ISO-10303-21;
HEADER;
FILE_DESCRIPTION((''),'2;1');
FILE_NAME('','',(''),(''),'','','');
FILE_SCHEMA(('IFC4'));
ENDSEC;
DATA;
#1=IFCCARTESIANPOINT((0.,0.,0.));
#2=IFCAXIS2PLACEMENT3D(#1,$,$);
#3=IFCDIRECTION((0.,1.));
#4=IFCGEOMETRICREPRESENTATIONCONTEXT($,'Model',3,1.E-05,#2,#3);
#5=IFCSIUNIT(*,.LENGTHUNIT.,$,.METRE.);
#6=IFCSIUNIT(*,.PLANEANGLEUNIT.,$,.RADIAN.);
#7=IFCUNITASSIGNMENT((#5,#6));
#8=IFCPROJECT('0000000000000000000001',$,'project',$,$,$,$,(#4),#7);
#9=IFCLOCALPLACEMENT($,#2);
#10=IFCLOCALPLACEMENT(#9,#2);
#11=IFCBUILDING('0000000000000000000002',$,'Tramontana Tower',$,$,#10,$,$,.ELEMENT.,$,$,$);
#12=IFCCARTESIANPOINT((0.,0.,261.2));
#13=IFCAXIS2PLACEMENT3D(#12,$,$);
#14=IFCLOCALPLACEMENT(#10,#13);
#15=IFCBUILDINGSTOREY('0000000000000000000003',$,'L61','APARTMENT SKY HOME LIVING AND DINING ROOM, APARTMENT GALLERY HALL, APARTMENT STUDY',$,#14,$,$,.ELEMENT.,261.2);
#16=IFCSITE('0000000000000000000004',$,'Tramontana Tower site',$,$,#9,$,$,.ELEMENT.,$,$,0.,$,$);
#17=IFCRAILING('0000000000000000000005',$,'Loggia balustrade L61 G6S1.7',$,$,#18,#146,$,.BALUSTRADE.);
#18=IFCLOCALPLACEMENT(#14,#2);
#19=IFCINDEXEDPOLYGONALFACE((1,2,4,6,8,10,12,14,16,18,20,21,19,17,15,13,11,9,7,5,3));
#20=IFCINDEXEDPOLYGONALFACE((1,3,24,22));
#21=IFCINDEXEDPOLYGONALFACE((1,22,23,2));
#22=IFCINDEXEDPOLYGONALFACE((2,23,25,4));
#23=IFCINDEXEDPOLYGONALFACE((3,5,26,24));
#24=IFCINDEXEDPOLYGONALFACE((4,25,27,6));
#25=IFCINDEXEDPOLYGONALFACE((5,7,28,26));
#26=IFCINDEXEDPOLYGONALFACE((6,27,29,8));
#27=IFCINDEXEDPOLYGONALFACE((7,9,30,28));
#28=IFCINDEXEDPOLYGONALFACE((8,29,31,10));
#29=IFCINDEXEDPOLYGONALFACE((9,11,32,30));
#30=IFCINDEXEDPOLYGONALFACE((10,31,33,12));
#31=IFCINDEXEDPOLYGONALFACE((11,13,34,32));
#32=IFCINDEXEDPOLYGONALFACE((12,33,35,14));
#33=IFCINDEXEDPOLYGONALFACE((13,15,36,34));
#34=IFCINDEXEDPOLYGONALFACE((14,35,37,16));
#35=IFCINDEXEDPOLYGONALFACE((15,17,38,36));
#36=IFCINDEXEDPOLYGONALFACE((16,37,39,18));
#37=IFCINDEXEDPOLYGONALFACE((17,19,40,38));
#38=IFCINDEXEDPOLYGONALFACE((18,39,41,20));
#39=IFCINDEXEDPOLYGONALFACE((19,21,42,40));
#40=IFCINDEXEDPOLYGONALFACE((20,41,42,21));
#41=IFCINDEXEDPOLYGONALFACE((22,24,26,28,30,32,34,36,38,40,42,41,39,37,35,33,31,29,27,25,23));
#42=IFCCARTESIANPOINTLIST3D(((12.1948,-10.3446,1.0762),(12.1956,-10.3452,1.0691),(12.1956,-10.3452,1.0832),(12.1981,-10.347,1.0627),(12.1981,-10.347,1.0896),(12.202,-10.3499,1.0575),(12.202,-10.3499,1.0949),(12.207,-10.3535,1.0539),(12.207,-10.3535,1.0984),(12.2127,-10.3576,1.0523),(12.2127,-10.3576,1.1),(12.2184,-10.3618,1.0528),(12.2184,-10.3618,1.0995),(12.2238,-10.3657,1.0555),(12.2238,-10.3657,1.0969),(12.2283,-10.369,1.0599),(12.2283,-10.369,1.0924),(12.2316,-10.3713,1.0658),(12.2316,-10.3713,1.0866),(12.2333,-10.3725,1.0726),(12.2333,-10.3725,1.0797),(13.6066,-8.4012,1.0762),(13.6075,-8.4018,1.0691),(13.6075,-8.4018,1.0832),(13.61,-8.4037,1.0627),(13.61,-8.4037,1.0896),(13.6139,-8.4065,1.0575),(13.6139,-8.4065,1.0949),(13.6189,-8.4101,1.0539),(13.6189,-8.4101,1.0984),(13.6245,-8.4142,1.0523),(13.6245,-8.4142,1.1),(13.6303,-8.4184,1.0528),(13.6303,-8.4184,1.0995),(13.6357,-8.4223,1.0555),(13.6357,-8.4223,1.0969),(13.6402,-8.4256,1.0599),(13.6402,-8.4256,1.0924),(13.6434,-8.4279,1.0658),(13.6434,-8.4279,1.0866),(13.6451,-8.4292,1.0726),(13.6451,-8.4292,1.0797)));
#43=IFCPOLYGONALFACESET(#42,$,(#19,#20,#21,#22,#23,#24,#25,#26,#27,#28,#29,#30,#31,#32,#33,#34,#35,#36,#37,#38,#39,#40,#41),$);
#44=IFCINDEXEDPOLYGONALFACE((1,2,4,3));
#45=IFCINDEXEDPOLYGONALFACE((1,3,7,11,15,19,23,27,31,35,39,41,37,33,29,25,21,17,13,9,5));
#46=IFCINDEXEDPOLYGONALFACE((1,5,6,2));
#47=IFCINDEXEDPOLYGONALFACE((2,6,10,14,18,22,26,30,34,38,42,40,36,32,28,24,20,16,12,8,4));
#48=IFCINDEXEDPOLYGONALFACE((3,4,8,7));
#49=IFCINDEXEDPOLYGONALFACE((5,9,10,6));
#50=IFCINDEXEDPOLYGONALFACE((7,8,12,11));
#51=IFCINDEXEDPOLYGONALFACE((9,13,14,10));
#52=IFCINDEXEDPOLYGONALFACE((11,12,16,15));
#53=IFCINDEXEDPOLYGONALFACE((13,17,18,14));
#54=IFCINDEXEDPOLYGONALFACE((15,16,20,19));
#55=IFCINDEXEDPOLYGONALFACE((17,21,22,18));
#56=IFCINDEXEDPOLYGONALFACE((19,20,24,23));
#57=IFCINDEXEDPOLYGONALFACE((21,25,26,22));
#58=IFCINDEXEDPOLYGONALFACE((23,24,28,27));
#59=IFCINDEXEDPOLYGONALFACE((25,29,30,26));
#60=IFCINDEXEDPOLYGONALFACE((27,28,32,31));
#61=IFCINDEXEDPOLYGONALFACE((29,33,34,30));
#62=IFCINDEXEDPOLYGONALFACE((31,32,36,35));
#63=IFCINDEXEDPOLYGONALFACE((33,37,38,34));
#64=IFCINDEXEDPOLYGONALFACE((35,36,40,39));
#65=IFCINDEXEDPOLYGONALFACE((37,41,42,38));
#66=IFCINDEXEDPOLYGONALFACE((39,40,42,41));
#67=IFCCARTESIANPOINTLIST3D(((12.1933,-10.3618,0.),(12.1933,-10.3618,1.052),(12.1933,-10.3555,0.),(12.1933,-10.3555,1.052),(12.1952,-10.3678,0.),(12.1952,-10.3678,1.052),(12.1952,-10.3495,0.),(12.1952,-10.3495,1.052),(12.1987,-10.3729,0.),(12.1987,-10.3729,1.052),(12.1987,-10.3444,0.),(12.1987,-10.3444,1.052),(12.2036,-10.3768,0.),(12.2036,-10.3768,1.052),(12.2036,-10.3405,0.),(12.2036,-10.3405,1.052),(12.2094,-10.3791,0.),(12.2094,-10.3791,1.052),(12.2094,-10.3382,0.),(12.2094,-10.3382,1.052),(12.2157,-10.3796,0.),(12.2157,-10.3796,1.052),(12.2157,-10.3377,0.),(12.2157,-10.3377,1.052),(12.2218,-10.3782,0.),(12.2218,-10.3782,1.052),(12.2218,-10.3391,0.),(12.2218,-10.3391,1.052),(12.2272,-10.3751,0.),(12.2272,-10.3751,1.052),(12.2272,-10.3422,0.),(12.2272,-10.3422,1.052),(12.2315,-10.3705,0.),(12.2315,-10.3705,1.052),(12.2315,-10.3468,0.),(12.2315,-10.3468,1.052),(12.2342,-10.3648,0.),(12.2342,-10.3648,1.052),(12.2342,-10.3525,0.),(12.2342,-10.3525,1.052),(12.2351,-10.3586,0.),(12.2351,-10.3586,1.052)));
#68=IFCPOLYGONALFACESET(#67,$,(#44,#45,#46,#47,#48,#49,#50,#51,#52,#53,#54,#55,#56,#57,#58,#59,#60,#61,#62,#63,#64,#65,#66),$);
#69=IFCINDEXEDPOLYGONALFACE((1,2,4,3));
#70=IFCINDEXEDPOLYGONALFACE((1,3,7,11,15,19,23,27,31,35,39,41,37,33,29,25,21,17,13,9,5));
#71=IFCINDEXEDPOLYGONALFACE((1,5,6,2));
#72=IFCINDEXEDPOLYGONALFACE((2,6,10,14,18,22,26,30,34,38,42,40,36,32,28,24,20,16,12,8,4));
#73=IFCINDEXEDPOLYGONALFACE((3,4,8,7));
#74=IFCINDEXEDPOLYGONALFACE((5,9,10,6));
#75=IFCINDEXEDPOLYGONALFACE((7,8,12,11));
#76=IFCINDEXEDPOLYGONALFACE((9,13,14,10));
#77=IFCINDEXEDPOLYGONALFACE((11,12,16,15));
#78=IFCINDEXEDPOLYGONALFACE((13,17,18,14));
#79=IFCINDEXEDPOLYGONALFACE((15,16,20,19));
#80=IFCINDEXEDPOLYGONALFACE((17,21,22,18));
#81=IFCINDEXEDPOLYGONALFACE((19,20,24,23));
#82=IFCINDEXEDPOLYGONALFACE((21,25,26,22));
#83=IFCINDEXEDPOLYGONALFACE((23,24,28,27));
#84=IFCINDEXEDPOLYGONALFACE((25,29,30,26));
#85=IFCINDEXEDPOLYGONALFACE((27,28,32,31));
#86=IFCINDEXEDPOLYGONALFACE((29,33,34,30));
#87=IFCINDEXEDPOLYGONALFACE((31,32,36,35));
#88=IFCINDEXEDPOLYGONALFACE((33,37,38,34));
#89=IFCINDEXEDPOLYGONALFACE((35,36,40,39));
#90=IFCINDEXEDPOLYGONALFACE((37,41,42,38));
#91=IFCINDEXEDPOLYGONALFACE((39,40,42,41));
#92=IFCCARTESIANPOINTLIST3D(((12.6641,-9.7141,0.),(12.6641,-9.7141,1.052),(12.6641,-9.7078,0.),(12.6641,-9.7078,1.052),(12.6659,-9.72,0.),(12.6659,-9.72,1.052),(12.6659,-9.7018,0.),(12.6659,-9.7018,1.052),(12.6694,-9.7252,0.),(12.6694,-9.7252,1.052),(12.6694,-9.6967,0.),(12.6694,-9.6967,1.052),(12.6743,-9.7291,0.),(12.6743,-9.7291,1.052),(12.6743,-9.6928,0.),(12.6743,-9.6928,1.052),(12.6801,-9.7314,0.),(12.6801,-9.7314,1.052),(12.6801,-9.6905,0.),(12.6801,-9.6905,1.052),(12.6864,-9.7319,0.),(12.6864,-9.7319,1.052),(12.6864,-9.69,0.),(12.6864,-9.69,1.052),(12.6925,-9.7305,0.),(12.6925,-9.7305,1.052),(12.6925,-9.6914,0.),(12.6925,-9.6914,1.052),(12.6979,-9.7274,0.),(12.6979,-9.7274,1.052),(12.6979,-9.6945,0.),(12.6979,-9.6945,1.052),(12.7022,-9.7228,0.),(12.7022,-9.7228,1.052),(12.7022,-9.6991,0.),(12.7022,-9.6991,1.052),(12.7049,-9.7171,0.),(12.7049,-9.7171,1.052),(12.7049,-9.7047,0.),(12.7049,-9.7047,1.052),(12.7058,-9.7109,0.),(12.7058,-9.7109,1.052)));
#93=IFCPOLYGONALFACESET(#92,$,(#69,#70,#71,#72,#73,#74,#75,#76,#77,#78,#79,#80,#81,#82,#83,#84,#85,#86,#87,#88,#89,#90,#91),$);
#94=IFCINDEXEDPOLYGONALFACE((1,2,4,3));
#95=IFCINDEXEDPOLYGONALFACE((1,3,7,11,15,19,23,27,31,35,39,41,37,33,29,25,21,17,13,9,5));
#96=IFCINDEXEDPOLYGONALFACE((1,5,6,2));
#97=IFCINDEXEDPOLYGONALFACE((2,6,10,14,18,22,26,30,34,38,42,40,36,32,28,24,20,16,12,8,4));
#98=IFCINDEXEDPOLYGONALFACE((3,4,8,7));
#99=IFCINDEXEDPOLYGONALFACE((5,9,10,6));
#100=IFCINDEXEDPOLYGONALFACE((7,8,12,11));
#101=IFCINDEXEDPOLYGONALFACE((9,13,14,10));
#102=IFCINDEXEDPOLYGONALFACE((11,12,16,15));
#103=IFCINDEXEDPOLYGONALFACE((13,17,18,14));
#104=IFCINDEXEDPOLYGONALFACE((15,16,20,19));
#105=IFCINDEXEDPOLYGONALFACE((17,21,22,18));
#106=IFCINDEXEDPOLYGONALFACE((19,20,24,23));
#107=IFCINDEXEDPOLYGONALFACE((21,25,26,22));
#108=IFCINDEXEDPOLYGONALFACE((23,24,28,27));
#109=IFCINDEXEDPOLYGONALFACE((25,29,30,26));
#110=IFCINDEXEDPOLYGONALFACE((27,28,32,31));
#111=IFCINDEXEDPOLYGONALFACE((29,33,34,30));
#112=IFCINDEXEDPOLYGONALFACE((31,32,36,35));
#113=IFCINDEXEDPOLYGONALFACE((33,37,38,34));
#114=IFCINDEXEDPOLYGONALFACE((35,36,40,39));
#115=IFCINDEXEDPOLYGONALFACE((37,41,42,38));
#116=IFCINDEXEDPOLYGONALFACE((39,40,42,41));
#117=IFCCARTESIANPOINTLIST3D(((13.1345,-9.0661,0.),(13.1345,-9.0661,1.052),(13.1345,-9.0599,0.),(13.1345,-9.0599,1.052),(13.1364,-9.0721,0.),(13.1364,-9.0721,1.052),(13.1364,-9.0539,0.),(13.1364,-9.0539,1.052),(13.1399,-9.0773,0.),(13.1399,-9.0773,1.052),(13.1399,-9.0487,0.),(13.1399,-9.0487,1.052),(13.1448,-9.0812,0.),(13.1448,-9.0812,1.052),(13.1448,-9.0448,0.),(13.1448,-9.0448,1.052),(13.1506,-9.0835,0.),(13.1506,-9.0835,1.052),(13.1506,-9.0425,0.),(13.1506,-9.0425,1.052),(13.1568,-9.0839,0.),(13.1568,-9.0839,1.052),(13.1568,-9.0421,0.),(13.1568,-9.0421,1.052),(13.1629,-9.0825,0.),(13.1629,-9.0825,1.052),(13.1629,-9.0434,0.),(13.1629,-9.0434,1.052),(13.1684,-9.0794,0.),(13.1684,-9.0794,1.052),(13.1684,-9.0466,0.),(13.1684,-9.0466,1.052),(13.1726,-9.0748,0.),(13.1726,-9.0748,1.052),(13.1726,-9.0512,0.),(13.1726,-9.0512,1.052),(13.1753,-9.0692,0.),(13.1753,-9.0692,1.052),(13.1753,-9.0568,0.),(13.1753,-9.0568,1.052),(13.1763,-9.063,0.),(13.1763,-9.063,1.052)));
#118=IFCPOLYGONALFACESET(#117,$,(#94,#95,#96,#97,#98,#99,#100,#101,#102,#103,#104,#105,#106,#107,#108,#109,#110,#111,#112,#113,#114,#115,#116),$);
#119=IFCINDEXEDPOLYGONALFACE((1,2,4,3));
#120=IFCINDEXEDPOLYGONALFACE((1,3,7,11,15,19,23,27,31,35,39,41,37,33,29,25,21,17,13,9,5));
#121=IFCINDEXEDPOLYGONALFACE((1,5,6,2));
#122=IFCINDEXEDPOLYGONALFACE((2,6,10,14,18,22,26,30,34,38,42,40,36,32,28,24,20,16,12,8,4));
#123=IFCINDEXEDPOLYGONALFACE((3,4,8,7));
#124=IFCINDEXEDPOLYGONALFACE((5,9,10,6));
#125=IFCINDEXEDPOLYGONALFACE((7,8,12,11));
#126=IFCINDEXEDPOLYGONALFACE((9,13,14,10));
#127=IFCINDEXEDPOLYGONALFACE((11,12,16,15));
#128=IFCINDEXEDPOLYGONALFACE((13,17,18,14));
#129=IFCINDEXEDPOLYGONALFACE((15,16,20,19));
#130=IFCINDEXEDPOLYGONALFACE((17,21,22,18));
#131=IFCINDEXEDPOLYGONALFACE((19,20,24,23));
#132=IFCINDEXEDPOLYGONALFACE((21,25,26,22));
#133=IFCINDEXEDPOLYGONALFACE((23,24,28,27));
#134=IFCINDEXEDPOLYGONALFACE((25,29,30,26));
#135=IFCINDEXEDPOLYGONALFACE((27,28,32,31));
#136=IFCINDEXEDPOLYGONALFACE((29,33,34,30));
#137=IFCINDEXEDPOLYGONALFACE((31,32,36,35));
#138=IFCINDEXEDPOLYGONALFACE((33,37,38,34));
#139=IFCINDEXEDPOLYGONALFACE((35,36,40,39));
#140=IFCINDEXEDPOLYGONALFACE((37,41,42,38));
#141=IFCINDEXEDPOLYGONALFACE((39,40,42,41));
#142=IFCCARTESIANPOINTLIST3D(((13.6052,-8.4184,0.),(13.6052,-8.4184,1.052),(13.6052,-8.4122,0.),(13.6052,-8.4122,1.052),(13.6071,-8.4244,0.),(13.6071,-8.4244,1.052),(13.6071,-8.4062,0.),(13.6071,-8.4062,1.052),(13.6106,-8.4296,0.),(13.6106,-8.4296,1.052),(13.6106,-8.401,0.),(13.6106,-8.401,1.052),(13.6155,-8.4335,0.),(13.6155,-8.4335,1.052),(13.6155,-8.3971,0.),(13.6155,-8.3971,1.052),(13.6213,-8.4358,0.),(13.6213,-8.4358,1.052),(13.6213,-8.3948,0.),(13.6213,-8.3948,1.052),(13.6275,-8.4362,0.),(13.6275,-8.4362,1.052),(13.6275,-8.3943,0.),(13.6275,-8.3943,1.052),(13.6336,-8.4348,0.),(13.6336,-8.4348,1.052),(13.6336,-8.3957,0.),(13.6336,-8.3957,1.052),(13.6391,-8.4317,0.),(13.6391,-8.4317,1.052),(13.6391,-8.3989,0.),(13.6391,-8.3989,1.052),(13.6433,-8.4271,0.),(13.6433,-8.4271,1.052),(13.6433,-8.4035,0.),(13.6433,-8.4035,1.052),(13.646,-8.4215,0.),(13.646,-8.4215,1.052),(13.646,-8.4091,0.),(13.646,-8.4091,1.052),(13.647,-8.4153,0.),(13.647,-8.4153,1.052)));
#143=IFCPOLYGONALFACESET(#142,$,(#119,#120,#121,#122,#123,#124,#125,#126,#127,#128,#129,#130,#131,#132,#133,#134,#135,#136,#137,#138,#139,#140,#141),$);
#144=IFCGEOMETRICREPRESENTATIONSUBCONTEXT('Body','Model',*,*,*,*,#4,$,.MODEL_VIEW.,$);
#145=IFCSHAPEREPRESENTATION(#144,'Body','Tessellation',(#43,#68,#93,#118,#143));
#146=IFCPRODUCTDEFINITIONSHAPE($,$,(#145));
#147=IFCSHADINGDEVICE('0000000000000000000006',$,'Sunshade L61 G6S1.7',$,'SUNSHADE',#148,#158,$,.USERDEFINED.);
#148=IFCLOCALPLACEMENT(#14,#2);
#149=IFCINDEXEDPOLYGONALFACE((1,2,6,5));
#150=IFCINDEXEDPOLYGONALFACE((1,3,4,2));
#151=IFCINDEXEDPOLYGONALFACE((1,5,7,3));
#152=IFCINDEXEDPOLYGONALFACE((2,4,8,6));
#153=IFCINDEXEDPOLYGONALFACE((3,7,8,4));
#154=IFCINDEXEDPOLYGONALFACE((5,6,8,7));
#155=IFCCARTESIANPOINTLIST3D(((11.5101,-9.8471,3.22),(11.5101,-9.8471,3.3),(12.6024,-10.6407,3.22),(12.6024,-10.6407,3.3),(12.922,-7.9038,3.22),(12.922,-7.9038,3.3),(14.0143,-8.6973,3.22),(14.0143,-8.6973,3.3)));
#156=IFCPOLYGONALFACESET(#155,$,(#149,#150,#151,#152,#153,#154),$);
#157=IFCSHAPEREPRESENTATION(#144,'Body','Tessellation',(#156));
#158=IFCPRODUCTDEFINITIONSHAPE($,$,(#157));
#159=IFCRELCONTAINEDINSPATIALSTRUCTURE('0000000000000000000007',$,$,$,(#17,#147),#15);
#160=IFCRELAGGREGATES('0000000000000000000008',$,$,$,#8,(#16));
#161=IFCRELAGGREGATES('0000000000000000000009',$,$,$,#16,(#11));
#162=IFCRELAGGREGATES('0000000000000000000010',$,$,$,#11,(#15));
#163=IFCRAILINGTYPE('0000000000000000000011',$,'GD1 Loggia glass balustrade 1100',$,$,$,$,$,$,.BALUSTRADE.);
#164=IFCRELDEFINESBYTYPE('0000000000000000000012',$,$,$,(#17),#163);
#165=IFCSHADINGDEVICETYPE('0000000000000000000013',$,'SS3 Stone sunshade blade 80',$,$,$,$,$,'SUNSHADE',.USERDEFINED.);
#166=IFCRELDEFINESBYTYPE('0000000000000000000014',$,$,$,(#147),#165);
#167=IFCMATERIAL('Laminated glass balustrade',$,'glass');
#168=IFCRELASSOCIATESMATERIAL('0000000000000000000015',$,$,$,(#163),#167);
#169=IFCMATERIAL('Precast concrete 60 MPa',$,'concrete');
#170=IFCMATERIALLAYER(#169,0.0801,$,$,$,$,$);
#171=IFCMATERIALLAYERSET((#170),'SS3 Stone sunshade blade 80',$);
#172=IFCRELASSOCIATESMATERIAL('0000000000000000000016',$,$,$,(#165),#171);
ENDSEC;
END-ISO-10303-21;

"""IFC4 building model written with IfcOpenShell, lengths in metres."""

from ifc_helpers import new_model, si_unit, direction, frame, origin, origin_2d, place, context, subcontext, project, spatial, rectangle, circle, extrude, material, layer, layer_set, type_object, element, save


model = new_model("IFC4")

# Units and contexts
model_context = context("Model", 3, precision=1e-05, world=origin(), true_north=direction((0.0, 1.0)))
body_context = subcontext(model_context, "Body", "Model", "MODEL_VIEW")
ifc_project = project(units=[si_unit("LENGTHUNIT", "METRE"), si_unit("PLANEANGLEUNIT", "RADIAN")], contexts=[model_context])

# Site, building, storey
site_placement = place(None, origin())
site = spatial("IfcSite", under=ifc_project, at=site_placement, Name="Tramontana Tower site", CompositionType="ELEMENT", RefElevation=0.0)
building_placement = place(site_placement, origin())
building = spatial("IfcBuilding", under=site, at=building_placement, Name="Tramontana Tower", CompositionType="ELEMENT")
storey_placement = place(building_placement, frame((0.0, 0.0, 261.2)))
storey = spatial("IfcBuildingStorey", under=building, at=storey_placement, Name="L61", Description="APARTMENT SKY HOME LIVING AND DINING ROOM, APARTMENT GALLERY HALL, APARTMENT STUDY", CompositionType="ELEMENT", Elevation=261.2)

# Railing
ifc_material_1 = material(Name="Laminated glass balustrade", Category="glass")
railing_type = type_object("IfcRailingType", Name="GD1 Loggia glass balustrade 1100", PredefinedType="BALUSTRADE", material=ifc_material_1)
railing_placement = place(storey_placement, frame((12.2141, -10.3586, 0.0)))
element("IfcRailing", 1, at=railing_placement, inside=storey, type_object=railing_type, Name="Loggia balustrade L61 G6S1.7", PredefinedType="BALUSTRADE", context=body_context, shape_type="SweptSolid", body=[
    extrude(circle(Radius=0.0239, at=origin_2d()), frame((0.0, 0.0, 1.0762), z_axis=(0.587767, 0.80903, 0.0), x_axis=(-0.80903, 0.587767, 0.0)), (0.0, 0.0, 1.0), 2.4021),
    extrude(circle(Radius=0.021, at=origin_2d()), origin(), (0.0, 0.0, 1.0), 1.052),
    extrude(circle(Radius=0.021, at=origin_2d()), frame((0.4707, 0.6477, 0.0)), (0.0, 0.0, 1.0), 1.052),
    extrude(circle(Radius=0.021, at=origin_2d()), frame((0.9412, 1.2957, 0.0)), (0.0, 0.0, 1.0), 1.052),
    extrude(circle(Radius=0.021, at=origin_2d()), frame((1.4119, 1.9434, 0.0)), (0.0, 0.0, 1.0), 1.052),
])

# Shading device
ifc_material_2 = material(Name="Precast concrete 60 MPa", Category="concrete")
ifc_layer_1 = layer(ifc_material_2, 0.0801)
ifc_layer_set_1 = layer_set([ifc_layer_1], Name="SS3 Stone sunshade blade 80")
shading_device_type = type_object("IfcShadingDeviceType", Name="SS3 Stone sunshade blade 80", ElementType="SUNSHADE", PredefinedType="USERDEFINED", material=ifc_layer_set_1)
shading_device_placement = place(storey_placement, frame((12.7622, -9.2722, 3.22), z_axis=(0.0, 0.0, 1.0), x_axis=(0.587785, 0.809017, 0.0)))
element("IfcShadingDevice", 2, at=shading_device_placement, inside=storey, type_object=shading_device_type, Name="Sunshade L61 G6S1.7", ObjectType="SUNSHADE", PredefinedType="USERDEFINED", context=body_context, shape_type="SweptSolid", body=[
    extrude(rectangle(XDim=2.4021, YDim=1.3501, at=origin_2d()), origin(), (0.0, 0.0, 1.0), 0.0801),
])

save(model, "model.ifc")
